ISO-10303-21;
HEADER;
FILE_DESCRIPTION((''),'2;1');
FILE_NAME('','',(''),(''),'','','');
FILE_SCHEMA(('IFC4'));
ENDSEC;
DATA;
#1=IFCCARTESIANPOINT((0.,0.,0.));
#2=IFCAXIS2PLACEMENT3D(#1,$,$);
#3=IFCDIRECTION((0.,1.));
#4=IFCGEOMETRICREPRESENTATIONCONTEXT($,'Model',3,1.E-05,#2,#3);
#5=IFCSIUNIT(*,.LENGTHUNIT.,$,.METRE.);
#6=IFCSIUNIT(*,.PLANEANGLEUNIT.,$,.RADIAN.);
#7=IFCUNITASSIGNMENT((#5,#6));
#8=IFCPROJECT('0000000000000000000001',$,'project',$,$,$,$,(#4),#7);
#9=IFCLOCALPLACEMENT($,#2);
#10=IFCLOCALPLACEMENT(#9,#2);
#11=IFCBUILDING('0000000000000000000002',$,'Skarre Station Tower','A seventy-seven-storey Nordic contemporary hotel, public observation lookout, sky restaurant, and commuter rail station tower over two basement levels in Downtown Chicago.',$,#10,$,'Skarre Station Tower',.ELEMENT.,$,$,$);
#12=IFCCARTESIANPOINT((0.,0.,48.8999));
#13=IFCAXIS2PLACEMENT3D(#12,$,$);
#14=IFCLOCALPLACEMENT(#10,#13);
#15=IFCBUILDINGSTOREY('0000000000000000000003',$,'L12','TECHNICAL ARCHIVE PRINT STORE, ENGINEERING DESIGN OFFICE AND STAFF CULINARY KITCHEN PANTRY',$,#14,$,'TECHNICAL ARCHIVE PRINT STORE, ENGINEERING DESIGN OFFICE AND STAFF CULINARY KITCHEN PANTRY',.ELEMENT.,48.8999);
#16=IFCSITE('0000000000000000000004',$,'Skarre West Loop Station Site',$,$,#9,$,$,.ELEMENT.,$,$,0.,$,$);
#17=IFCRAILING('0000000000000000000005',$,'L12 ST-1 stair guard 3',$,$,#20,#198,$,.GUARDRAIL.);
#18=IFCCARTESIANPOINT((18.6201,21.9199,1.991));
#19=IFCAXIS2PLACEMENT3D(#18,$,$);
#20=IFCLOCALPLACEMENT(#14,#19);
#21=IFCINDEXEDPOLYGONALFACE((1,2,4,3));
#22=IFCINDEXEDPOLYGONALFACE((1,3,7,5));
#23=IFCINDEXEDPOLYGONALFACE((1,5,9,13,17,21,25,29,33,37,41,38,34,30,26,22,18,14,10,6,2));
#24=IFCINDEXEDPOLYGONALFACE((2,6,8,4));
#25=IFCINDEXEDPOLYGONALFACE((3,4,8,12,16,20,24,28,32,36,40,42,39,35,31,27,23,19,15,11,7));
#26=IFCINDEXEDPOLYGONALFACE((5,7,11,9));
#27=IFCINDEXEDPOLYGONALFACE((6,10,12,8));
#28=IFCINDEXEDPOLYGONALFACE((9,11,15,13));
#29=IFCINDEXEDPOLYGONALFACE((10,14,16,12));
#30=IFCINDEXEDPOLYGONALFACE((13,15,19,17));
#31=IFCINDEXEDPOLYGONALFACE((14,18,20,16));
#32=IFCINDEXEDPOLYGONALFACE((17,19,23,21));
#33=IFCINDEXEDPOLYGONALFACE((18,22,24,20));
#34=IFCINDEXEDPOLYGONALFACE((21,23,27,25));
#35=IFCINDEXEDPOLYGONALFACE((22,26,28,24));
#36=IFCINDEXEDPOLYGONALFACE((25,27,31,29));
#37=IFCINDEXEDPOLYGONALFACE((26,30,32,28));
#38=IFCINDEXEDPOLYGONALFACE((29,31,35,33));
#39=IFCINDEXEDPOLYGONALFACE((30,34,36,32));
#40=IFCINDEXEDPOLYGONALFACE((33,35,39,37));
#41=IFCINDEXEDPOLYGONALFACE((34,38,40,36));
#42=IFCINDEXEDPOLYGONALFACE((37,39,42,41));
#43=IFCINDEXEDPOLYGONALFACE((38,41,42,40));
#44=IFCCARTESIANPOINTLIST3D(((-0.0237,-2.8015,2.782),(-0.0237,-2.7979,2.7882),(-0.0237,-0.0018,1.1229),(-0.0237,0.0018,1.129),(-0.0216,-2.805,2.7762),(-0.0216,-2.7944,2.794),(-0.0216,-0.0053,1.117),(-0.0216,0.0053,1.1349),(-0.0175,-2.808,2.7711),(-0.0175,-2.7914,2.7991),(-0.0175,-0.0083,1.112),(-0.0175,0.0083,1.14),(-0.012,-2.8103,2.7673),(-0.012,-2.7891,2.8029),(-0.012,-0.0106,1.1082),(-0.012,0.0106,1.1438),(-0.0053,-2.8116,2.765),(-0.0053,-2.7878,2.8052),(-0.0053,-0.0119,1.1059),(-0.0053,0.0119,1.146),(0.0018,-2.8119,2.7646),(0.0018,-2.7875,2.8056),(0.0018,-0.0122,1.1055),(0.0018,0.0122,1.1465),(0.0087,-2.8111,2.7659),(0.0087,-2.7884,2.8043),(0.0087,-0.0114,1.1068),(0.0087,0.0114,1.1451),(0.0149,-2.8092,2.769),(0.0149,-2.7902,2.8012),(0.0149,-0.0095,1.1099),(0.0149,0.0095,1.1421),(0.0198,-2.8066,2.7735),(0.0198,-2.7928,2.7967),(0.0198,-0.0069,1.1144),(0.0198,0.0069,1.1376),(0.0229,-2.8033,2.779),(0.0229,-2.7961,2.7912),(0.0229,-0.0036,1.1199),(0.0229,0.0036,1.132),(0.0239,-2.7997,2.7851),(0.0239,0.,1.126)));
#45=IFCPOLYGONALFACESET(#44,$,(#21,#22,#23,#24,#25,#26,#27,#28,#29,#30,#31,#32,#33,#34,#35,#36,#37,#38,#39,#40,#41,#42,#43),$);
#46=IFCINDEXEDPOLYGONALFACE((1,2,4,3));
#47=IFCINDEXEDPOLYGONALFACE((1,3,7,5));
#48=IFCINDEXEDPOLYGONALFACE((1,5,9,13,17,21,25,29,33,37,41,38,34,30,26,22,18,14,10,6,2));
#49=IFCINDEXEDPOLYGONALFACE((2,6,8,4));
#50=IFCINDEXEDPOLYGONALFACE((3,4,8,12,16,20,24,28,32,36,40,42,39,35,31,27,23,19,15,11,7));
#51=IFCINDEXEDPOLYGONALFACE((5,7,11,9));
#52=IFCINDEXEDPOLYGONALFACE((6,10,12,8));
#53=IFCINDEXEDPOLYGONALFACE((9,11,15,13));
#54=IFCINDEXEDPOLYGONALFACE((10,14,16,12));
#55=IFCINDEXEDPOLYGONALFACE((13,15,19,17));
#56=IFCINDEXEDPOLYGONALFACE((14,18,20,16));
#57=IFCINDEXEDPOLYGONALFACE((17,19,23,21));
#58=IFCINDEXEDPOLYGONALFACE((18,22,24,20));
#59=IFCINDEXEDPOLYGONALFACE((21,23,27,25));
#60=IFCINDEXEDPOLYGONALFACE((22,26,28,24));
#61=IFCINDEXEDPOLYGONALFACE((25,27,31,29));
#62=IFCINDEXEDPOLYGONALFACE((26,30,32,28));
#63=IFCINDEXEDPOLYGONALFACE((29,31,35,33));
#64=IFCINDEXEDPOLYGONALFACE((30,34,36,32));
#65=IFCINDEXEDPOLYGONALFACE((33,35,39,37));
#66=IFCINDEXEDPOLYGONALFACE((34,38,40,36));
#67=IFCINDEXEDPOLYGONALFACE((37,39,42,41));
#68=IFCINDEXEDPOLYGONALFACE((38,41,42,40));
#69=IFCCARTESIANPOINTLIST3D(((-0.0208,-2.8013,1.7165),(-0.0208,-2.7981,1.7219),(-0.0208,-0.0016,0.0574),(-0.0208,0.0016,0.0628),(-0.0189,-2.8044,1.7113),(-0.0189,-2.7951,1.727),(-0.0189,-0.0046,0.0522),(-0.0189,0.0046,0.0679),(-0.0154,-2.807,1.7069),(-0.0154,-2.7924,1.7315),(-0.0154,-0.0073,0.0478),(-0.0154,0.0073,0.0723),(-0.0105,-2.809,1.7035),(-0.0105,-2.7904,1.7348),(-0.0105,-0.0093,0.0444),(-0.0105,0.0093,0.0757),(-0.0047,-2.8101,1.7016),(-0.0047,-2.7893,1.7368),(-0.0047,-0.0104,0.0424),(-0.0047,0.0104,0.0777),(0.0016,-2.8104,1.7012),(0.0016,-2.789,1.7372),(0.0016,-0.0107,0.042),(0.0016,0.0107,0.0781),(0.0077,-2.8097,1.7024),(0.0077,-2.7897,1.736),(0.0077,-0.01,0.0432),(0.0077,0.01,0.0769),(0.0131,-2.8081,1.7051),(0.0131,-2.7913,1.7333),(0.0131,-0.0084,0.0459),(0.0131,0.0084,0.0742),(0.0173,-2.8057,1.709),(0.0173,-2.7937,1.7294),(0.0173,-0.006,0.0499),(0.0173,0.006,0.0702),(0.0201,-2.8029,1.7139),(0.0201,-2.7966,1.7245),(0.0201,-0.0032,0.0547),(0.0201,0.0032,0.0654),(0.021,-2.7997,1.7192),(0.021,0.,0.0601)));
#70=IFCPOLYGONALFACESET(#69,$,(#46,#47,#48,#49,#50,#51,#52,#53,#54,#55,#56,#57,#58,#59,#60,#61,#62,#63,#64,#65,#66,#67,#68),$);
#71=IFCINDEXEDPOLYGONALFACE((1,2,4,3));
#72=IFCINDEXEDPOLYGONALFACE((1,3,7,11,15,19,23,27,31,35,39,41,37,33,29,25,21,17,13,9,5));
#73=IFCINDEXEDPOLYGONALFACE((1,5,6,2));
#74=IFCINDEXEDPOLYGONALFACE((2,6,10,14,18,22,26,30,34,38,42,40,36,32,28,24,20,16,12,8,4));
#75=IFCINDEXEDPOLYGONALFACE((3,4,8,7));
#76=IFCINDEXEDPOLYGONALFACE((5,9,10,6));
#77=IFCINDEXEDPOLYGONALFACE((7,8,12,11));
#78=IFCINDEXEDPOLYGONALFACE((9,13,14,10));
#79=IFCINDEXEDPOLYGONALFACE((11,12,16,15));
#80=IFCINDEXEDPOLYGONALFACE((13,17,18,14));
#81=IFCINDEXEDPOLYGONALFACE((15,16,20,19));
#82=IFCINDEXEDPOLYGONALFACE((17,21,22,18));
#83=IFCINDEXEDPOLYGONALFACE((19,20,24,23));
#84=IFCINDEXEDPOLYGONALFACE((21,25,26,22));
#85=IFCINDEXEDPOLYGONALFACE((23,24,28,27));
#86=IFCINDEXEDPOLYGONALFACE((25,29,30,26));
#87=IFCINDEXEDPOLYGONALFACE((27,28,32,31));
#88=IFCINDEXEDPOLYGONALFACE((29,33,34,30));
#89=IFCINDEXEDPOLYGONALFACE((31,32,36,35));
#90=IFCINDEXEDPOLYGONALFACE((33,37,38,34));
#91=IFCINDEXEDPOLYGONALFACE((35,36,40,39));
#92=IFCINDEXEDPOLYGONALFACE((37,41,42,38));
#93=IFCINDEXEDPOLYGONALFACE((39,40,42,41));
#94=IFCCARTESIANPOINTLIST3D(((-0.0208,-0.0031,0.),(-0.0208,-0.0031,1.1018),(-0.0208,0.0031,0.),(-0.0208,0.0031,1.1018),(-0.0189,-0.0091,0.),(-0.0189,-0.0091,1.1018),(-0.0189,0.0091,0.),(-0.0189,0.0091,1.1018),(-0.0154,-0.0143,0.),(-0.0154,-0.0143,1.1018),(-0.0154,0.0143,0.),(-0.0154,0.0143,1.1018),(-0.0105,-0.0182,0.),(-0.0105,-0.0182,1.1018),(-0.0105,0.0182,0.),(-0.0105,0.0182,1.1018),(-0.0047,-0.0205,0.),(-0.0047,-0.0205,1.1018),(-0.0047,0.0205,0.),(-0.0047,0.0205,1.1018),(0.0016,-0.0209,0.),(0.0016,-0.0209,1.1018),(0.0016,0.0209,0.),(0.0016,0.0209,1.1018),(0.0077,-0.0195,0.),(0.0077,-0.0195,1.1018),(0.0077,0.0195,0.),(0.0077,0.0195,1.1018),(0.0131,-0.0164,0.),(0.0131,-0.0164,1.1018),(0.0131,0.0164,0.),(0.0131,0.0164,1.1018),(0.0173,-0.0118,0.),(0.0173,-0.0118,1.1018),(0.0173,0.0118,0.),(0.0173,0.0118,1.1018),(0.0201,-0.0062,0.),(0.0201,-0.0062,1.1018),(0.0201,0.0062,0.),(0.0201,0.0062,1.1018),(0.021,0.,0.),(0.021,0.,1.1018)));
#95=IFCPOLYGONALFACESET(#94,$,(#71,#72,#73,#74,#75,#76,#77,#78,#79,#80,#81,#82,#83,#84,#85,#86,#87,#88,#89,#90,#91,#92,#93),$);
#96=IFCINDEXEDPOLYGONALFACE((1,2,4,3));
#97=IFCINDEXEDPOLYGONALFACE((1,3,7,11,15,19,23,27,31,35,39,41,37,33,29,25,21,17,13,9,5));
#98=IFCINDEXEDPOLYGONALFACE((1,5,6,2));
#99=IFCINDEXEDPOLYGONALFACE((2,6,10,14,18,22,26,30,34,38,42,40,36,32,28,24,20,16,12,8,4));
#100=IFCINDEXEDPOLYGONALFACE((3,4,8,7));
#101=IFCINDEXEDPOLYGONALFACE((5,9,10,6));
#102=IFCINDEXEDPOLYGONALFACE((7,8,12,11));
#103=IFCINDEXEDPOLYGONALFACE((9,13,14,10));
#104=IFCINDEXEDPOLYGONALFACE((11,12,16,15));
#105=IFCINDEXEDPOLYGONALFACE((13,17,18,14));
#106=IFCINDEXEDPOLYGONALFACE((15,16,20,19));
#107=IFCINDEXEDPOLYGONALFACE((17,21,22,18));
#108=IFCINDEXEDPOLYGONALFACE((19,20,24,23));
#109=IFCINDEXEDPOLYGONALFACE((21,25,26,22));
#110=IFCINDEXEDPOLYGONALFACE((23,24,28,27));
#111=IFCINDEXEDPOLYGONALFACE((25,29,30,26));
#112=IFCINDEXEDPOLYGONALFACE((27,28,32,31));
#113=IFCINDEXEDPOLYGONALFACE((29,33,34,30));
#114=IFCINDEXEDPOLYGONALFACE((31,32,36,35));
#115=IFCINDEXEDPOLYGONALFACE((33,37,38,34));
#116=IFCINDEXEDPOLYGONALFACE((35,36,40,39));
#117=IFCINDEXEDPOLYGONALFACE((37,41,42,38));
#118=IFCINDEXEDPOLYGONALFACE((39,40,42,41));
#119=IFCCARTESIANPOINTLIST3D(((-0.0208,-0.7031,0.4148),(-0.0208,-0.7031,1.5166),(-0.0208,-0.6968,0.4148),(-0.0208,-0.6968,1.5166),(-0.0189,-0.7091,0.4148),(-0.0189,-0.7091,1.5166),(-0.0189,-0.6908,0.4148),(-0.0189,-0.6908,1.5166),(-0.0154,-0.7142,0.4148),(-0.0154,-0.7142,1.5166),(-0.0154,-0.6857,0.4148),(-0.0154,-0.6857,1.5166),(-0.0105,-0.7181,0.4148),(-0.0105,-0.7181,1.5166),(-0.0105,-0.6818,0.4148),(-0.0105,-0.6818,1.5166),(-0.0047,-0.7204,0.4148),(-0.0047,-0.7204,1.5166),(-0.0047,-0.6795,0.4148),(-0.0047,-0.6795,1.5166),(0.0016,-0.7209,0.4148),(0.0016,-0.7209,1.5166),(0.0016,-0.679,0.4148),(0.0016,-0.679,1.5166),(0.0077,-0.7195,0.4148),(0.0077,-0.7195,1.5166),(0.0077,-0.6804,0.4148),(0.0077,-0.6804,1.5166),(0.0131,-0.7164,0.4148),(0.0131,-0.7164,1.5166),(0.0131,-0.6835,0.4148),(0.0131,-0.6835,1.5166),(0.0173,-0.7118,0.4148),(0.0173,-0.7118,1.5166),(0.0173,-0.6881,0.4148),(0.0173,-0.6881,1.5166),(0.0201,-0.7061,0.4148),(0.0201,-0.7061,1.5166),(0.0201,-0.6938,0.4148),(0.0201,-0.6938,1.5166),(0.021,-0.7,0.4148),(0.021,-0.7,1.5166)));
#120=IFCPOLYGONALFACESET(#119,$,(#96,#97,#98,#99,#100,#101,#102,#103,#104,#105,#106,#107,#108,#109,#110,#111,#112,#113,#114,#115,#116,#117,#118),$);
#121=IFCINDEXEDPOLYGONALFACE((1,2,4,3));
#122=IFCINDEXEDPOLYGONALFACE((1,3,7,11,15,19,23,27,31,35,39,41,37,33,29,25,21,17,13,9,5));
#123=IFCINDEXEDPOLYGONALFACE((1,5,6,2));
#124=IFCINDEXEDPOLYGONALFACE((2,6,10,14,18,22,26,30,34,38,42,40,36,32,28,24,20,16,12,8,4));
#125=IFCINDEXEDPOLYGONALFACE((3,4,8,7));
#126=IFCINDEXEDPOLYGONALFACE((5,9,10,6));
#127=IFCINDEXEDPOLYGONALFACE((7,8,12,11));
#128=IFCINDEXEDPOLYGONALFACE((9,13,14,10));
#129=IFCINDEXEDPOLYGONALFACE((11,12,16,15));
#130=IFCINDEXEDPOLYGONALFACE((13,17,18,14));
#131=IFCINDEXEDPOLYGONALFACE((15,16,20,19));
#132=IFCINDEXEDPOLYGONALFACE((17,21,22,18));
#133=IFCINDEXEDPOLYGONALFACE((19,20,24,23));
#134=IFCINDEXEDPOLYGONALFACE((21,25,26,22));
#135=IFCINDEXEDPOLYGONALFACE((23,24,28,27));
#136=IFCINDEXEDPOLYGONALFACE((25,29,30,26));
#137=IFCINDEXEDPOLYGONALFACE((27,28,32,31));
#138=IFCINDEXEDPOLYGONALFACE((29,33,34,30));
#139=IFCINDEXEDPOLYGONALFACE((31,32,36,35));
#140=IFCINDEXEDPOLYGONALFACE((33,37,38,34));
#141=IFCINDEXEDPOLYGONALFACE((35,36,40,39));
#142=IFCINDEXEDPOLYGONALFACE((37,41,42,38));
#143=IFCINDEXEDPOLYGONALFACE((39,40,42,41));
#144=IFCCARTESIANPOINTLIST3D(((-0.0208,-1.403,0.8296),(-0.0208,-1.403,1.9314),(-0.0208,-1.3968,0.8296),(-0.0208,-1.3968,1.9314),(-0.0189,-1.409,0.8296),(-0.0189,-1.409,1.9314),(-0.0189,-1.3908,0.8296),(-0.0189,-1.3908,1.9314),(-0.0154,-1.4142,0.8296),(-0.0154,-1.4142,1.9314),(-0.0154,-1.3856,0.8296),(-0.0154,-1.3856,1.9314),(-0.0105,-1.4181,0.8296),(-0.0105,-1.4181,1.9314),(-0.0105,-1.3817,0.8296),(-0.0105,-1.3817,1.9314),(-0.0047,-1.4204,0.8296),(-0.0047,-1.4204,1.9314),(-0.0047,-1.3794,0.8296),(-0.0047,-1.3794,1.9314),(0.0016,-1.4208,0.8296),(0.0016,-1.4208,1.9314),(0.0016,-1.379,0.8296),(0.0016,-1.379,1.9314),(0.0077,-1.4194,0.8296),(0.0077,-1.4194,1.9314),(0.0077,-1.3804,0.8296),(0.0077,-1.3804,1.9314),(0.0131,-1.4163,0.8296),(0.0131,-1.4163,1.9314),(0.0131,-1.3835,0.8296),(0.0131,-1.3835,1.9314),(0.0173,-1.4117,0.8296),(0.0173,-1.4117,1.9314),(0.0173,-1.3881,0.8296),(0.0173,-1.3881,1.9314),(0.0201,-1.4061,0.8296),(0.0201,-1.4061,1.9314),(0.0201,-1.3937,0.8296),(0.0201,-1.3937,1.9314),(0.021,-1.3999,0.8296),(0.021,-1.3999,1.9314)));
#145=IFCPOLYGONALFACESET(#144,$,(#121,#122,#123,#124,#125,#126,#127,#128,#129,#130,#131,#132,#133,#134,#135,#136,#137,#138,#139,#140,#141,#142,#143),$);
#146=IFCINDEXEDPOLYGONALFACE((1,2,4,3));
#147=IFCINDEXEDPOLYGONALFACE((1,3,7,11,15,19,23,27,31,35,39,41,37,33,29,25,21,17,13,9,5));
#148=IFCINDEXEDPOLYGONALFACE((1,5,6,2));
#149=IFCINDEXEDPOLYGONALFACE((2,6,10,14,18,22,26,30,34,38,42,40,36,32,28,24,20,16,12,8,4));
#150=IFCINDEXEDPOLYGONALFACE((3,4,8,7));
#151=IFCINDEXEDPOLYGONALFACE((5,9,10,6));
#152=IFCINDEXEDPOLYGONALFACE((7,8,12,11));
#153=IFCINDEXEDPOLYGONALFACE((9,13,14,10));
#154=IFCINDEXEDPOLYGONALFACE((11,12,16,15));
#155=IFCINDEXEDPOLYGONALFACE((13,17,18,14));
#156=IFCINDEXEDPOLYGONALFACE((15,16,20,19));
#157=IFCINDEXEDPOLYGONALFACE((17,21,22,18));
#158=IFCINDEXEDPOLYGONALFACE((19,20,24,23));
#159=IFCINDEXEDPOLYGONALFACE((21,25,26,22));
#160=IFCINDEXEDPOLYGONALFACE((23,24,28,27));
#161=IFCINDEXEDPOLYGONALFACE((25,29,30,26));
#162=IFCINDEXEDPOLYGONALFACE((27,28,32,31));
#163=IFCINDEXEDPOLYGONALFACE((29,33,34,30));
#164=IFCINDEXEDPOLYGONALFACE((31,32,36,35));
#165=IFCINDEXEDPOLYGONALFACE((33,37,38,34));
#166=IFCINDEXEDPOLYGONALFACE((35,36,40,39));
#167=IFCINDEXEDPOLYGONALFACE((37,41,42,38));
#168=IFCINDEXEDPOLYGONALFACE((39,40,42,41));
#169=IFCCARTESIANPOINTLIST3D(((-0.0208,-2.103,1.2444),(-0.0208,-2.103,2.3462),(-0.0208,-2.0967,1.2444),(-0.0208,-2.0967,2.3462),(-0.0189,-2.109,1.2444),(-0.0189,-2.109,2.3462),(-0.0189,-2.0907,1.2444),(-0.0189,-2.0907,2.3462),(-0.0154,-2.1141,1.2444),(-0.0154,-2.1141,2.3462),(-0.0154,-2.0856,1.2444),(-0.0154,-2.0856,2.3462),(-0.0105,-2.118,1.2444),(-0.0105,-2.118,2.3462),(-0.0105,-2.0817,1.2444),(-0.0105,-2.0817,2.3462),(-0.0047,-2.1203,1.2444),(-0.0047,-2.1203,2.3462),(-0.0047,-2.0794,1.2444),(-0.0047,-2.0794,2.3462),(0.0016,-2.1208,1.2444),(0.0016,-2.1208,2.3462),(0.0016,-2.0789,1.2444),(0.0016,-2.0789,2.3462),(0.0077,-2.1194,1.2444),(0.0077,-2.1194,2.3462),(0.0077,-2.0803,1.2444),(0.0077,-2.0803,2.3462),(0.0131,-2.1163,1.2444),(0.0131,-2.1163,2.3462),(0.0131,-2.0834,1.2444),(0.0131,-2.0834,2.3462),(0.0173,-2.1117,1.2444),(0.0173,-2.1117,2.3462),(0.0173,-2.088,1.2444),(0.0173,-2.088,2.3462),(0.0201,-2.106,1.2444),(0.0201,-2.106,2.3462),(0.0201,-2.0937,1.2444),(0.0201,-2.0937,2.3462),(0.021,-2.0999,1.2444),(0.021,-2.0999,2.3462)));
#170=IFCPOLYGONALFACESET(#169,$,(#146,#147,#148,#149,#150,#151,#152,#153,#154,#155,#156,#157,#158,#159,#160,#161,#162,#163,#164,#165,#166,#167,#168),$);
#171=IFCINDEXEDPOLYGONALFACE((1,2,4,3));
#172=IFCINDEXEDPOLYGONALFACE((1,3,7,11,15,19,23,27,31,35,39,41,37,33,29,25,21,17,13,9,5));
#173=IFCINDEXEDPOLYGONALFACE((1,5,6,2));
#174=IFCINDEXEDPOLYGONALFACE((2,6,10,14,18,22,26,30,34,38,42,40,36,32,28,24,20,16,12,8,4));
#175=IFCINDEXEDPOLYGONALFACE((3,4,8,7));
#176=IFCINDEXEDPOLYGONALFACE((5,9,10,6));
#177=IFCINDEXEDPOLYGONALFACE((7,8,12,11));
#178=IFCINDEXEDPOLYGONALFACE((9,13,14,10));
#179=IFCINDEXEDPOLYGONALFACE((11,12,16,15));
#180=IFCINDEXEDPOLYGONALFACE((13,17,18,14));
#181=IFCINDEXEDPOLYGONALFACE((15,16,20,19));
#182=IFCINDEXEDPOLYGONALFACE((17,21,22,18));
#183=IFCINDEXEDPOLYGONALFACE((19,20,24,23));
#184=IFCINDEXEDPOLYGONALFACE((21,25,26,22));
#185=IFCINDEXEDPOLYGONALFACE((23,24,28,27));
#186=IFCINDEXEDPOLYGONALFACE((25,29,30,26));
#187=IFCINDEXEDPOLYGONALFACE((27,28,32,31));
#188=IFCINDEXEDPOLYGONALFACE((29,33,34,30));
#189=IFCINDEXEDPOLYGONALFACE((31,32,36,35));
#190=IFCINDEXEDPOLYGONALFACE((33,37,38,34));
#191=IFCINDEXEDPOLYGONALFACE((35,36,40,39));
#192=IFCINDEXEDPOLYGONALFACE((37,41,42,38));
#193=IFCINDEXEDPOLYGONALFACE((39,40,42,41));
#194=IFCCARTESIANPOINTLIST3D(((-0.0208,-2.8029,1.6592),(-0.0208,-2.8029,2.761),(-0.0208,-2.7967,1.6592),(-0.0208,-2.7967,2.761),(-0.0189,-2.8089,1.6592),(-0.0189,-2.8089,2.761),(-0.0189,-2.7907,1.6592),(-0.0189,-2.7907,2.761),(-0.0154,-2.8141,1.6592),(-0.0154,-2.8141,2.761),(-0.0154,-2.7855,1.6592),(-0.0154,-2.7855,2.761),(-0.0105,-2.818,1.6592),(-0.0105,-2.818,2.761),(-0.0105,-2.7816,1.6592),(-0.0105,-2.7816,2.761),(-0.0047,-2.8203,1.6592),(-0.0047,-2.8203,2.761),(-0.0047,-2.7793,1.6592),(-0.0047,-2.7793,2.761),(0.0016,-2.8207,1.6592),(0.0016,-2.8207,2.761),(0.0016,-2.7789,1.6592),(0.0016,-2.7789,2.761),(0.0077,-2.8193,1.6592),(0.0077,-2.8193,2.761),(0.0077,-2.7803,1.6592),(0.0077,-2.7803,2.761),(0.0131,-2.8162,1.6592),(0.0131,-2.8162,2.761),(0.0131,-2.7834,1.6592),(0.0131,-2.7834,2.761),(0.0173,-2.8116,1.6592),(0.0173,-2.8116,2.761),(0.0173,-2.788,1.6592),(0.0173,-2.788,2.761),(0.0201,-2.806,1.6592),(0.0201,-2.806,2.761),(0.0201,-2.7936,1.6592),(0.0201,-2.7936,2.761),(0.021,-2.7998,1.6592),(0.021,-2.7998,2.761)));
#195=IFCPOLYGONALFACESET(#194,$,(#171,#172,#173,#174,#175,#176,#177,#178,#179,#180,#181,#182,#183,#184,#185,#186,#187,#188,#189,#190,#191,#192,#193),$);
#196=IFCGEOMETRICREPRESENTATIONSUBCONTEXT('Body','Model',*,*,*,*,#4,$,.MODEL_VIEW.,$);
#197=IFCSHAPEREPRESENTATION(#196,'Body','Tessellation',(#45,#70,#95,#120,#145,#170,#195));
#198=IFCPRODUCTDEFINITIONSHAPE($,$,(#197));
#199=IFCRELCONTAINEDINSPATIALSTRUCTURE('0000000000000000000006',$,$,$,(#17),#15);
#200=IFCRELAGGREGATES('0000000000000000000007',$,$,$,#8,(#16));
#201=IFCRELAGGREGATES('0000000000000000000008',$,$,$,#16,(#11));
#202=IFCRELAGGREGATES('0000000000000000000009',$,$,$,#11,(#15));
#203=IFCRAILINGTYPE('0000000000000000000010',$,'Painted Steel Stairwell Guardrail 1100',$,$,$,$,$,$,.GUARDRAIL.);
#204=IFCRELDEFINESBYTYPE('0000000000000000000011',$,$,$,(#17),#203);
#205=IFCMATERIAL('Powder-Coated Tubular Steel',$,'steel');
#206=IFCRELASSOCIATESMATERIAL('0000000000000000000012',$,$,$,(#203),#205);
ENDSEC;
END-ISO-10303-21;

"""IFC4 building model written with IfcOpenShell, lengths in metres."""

from ifc_helpers import new_model, si_unit, direction, frame, origin, origin_2d, place, context, subcontext, project, spatial, circle, extrude, material, type_object, element, save


model = new_model("IFC4")

# Units and contexts
model_context = context("Model", 3, precision=1e-05, world=origin(), true_north=direction((0.0, 1.0)))
body_context = subcontext(model_context, "Body", "Model", "MODEL_VIEW")
ifc_project = project(units=[si_unit("LENGTHUNIT", "METRE"), si_unit("PLANEANGLEUNIT", "RADIAN")], contexts=[model_context])

# Site, building, storey
site_placement = place(None, origin())
site = spatial("IfcSite", under=ifc_project, at=site_placement, Name="Skarre West Loop Station Site", CompositionType="ELEMENT", RefElevation=0.0)
building_placement = place(site_placement, origin())
building = spatial("IfcBuilding", under=site, at=building_placement, Name="Skarre Station Tower", Description="A seventy-seven-storey Nordic contemporary hotel, public observation lookout, sky restaurant, and commuter rail station tower over two basement levels in Downtown Chicago.", LongName="Skarre Station Tower", CompositionType="ELEMENT")
storey_placement = place(building_placement, frame((0.0, 0.0, 48.8999)))
storey = spatial("IfcBuildingStorey", under=building, at=storey_placement, Name="L12", Description="TECHNICAL ARCHIVE PRINT STORE, ENGINEERING DESIGN OFFICE AND STAFF CULINARY KITCHEN PANTRY", LongName="TECHNICAL ARCHIVE PRINT STORE, ENGINEERING DESIGN OFFICE AND STAFF CULINARY KITCHEN PANTRY", CompositionType="ELEMENT", Elevation=48.8999)

# Railing
ifc_material_1 = material(Name="Powder-Coated Tubular Steel", Category="steel")
railing_type = type_object("IfcRailingType", Name="Painted Steel Stairwell Guardrail 1100", PredefinedType="GUARDRAIL", material=ifc_material_1)
railing_1_placement = place(storey_placement, frame((18.6201, 21.9199, 1.991)))
element("IfcRailing", 1, at=railing_1_placement, inside=storey, type_object=railing_type, Name="L12 ST-1 stair guard 3", PredefinedType="GUARDRAIL", context=body_context, shape_type="SweptSolid", body=[
    extrude(circle(Radius=0.0239, at=origin_2d()), frame((0.0, 0.0, 1.126), z_axis=(0.0, -0.860287, 0.509811), x_axis=(1.0, 0.0, 0.0)), (0.0, 0.0, 1.0), 3.2544),
    extrude(circle(Radius=0.021, at=origin_2d()), frame((0.0, 0.0, 0.0601), z_axis=(0.0, -0.860287, 0.509811), x_axis=(1.0, 0.0, 0.0)), (0.0, 0.0, 1.0), 3.2544),
    extrude(circle(Radius=0.021, at=origin_2d()), origin(), (0.0, 0.0, 1.0), 1.1018),
    extrude(circle(Radius=0.021, at=origin_2d()), frame((0.0, -0.7, 0.4148)), (0.0, 0.0, 1.0), 1.1018),
    extrude(circle(Radius=0.021, at=origin_2d()), frame((0.0, -1.3999, 0.8296)), (0.0, 0.0, 1.0), 1.1018),
    extrude(circle(Radius=0.021, at=origin_2d()), frame((0.0, -2.0999, 1.2444)), (0.0, 0.0, 1.0), 1.1018),
    extrude(circle(Radius=0.021, at=origin_2d()), frame((0.0, -2.7998, 1.6592)), (0.0, 0.0, 1.0), 1.1018),
])

save(model, "model.ifc")
